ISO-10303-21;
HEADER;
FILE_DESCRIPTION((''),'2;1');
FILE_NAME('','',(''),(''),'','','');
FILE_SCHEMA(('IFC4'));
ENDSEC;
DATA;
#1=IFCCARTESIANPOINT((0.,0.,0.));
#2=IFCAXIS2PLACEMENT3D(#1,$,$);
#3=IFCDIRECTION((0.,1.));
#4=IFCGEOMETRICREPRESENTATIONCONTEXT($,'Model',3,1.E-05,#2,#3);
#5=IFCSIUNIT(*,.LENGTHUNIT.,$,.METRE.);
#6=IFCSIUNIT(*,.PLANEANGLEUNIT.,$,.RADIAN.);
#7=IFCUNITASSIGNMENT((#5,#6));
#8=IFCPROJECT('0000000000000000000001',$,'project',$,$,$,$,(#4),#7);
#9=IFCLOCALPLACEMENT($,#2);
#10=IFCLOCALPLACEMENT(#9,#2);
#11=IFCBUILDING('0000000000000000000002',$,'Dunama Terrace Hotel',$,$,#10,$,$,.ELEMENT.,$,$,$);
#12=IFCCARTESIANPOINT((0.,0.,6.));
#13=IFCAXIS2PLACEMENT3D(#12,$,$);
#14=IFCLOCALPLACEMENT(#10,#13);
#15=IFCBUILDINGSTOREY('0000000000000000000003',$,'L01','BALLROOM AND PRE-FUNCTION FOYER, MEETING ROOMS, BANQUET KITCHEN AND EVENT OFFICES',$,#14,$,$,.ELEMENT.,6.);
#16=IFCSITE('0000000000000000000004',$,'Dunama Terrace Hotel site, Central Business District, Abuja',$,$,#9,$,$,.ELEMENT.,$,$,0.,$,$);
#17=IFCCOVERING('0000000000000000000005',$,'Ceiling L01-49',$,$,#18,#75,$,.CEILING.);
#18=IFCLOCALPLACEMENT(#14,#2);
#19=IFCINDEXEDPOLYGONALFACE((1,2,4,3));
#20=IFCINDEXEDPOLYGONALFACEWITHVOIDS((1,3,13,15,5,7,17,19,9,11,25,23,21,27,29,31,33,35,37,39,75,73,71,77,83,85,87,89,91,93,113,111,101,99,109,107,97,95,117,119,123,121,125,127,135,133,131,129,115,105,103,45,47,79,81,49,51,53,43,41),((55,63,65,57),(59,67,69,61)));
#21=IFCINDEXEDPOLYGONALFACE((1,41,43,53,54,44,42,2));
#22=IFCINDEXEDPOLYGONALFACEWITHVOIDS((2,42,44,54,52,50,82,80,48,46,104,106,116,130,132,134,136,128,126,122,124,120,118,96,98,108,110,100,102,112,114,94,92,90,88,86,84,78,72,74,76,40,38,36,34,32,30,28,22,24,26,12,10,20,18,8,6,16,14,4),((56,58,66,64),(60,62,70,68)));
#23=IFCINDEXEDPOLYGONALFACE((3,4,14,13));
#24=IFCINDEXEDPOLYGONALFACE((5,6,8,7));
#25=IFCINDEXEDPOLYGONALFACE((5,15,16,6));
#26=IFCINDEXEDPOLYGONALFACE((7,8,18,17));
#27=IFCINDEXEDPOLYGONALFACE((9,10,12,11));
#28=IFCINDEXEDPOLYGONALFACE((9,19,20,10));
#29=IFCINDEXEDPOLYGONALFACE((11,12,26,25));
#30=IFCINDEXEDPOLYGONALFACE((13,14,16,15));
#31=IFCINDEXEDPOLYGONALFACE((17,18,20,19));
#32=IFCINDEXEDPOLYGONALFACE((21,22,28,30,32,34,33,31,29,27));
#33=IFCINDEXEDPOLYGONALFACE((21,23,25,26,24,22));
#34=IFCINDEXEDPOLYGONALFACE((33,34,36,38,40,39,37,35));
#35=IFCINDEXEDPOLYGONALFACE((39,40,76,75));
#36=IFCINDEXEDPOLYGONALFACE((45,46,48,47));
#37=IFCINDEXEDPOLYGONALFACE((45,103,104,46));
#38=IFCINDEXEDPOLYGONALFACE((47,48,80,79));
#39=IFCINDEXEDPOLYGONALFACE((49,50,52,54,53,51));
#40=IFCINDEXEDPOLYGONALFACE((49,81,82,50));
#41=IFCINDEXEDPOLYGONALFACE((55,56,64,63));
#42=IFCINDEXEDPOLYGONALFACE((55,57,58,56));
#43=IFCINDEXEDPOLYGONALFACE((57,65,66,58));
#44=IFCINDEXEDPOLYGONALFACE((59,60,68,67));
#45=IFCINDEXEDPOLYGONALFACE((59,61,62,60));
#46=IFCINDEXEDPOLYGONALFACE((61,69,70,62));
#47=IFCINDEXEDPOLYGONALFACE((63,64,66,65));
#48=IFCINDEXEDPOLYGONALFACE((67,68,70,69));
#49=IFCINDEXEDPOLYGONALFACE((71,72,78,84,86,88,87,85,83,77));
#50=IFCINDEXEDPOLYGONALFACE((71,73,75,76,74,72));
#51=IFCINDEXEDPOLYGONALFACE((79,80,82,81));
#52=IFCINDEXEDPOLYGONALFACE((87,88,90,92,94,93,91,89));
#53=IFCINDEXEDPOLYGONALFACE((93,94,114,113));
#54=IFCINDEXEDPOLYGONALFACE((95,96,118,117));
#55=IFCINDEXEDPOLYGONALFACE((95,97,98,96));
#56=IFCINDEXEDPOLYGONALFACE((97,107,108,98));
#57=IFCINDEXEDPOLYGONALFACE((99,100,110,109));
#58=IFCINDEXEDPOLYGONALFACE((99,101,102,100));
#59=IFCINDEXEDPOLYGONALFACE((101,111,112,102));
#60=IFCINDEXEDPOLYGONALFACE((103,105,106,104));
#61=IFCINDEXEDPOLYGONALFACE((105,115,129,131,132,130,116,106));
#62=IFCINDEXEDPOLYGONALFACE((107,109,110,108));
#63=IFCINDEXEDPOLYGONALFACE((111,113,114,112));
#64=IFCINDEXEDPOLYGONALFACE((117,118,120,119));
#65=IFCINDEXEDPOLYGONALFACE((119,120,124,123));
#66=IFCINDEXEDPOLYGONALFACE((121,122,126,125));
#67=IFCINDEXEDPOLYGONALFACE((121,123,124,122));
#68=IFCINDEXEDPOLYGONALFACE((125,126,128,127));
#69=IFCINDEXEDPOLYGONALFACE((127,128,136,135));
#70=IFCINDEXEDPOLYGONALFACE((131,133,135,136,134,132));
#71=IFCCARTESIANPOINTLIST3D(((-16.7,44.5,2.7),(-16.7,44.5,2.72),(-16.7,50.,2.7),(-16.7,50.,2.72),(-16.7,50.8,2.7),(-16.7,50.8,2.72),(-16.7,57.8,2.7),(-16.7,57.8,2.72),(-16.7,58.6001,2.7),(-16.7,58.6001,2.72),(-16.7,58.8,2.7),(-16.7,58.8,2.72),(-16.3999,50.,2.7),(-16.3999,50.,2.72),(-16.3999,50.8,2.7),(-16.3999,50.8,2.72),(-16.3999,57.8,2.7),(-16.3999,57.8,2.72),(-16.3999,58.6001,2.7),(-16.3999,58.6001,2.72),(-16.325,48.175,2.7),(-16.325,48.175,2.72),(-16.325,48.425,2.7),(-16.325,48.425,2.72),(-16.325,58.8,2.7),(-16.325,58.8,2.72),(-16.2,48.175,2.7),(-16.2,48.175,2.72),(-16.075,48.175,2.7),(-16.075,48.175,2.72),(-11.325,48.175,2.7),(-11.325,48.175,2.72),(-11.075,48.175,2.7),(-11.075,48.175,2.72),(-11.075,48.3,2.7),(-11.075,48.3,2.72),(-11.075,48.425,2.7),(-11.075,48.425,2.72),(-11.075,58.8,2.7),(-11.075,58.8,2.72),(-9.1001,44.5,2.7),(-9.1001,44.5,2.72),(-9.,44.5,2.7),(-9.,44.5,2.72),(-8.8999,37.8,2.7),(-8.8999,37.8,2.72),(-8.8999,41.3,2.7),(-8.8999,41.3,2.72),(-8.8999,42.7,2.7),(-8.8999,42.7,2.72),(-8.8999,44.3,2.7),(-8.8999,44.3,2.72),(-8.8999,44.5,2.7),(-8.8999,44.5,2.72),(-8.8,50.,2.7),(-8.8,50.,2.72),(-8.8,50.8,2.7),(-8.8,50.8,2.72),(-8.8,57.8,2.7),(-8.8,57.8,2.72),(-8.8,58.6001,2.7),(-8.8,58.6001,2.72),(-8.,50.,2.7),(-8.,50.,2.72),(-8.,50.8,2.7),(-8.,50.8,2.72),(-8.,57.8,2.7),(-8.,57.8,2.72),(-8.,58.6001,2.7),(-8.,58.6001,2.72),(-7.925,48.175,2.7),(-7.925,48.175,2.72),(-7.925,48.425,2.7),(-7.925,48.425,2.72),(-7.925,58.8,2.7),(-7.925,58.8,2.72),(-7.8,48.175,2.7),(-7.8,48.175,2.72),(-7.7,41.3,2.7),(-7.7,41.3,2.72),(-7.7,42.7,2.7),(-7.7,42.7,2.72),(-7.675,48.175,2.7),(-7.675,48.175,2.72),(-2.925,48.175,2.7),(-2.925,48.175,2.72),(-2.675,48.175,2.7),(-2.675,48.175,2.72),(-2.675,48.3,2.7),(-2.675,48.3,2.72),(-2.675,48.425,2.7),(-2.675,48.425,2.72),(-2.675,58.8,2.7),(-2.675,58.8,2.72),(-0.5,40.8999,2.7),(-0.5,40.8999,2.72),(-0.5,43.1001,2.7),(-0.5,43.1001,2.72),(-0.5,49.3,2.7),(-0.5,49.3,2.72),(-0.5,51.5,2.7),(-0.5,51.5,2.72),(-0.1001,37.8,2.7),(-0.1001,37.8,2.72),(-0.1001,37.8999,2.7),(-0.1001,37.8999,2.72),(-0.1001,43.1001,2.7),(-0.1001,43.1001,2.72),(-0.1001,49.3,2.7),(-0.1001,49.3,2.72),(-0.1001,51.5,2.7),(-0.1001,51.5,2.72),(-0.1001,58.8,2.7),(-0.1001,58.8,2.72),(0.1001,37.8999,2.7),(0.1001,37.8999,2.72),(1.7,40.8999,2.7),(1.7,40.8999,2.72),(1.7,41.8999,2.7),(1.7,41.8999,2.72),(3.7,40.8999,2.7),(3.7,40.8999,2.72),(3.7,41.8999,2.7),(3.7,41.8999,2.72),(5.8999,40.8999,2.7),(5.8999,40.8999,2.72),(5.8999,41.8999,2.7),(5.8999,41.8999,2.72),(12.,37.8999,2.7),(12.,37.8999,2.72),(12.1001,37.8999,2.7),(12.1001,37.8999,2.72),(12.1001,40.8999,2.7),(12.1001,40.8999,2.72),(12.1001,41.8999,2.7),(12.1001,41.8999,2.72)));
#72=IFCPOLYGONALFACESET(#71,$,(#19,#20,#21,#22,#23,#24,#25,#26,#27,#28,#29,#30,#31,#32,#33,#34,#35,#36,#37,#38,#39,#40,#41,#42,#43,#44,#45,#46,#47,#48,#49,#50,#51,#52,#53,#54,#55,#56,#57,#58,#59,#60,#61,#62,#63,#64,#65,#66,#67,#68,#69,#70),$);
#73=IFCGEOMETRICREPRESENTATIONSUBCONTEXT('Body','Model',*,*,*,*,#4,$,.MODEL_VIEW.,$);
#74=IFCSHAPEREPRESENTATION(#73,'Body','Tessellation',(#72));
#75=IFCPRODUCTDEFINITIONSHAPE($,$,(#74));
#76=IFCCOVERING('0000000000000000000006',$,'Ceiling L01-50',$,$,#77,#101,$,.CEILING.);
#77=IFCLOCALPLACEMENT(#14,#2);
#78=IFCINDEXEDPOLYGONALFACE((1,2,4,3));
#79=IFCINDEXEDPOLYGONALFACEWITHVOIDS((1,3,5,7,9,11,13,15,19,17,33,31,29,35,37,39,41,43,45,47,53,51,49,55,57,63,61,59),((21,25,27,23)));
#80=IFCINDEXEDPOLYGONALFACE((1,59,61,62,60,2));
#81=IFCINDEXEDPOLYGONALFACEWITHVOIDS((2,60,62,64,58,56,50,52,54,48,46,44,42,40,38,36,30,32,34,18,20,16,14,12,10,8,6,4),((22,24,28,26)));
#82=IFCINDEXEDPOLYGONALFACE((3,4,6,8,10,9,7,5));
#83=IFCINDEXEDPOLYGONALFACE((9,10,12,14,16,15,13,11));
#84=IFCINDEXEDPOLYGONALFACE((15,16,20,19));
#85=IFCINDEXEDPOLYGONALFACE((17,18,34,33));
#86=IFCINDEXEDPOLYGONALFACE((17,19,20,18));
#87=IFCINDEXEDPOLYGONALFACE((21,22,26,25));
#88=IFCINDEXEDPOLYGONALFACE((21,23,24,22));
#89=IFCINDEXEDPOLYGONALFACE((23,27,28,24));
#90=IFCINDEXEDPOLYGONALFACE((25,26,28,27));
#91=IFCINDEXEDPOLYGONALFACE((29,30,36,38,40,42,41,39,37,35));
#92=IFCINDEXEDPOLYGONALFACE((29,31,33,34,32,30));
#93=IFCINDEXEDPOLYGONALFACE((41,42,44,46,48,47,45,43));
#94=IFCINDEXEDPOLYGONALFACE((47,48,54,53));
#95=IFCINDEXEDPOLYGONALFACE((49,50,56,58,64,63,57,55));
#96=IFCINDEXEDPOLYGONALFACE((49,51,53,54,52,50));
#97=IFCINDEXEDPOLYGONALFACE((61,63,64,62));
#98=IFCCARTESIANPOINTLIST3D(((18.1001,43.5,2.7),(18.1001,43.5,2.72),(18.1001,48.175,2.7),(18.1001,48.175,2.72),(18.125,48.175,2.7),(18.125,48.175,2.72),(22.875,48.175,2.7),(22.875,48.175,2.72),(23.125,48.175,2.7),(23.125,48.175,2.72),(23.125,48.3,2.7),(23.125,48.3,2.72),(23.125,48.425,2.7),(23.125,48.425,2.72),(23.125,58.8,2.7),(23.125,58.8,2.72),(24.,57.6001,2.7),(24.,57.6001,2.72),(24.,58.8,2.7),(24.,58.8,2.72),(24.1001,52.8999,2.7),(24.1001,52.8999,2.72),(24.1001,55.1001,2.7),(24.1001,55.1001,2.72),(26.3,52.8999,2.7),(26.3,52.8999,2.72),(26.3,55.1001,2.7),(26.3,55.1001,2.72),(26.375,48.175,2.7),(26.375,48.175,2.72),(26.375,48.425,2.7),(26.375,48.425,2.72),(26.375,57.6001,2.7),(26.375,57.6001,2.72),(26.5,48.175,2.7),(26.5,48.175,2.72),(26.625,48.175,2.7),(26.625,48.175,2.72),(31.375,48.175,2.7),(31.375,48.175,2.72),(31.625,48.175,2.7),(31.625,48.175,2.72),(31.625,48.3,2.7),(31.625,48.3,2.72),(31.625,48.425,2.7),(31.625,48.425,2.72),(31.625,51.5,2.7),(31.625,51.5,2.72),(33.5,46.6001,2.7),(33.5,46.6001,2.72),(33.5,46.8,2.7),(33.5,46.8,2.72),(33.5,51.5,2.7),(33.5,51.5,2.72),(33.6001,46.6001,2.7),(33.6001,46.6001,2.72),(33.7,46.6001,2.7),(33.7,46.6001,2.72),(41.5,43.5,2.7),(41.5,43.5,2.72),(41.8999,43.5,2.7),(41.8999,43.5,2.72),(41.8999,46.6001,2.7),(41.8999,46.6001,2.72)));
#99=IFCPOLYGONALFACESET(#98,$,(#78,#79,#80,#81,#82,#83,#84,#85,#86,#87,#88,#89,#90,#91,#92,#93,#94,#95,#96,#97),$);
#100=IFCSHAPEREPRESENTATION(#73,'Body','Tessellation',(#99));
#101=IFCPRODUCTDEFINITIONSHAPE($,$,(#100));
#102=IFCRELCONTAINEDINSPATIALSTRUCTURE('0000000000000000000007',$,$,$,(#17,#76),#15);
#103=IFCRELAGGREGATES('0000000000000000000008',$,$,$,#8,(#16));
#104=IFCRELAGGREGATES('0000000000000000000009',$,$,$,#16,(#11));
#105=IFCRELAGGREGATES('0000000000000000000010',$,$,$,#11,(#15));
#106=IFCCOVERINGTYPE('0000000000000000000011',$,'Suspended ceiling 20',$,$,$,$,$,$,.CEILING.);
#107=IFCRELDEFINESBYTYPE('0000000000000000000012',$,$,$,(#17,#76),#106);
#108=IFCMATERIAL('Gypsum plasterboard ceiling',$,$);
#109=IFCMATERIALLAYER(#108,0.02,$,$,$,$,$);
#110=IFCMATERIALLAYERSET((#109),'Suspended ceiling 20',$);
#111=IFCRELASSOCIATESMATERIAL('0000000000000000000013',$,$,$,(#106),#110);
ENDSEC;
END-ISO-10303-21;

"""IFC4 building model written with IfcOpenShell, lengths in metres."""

from ifc_helpers import new_model, si_unit, direction, frame, origin, place, context, subcontext, project, spatial, polyline, outline, extrude, material, layer, layer_set, type_object, element, save


model = new_model("IFC4")

# Units and contexts
model_context = context("Model", 3, precision=1e-05, world=origin(), true_north=direction((0.0, 1.0)))
body_context = subcontext(model_context, "Body", "Model", "MODEL_VIEW")
ifc_project = project(units=[si_unit("LENGTHUNIT", "METRE"), si_unit("PLANEANGLEUNIT", "RADIAN")], contexts=[model_context])

# Site, building, storey
site_placement = place(None, origin())
site = spatial("IfcSite", under=ifc_project, at=site_placement, Name="Dunama Terrace Hotel site, Central Business District, Abuja", CompositionType="ELEMENT", RefElevation=0.0)
building_placement = place(site_placement, origin())
building = spatial("IfcBuilding", under=site, at=building_placement, Name="Dunama Terrace Hotel", CompositionType="ELEMENT")
storey_placement = place(building_placement, frame((0.0, 0.0, 6.0)))
storey = spatial("IfcBuildingStorey", under=building, at=storey_placement, Name="L01", Description="BALLROOM AND PRE-FUNCTION FOYER, MEETING ROOMS, BANQUET KITCHEN AND EVENT OFFICES", CompositionType="ELEMENT", Elevation=6.0)

# Coverings
ifc_material_1 = material(Name="Gypsum plasterboard ceiling")
ifc_layer_1 = layer(ifc_material_1, 0.02)
ifc_layer_set_1 = layer_set([ifc_layer_1], Name="Suspended ceiling 20")
covering_type_1 = type_object("IfcCoveringType", Name="Suspended ceiling 20", PredefinedType="CEILING", material=ifc_layer_set_1)
covering_1_placement = place(storey_placement, frame((0.0, 0.0, 2.7)))
element("IfcCovering", 1, at=covering_1_placement, inside=storey, type_object=covering_type_1, Name="Ceiling L01-49", PredefinedType="CEILING", context=body_context, shape_type="SweptSolid", body=[
    extrude(outline(polyline([(-7.925, 48.425), (-7.925, 58.8), (-11.075, 58.8), (-11.075, 48.425), (-11.075, 48.3), (-11.075, 48.175), (-11.325, 48.175), (-16.075, 48.175), (-16.2, 48.175), (-16.325, 48.175), (-16.325, 48.425), (-16.325, 58.8), (-16.7, 58.8), (-16.7, 58.6001), (-16.3999, 58.6001), (-16.3999, 57.8), (-16.7, 57.8), (-16.7, 50.8), (-16.3999, 50.8), (-16.3999, 50.0), (-16.7, 50.0), (-16.7, 44.5), (-9.1001, 44.5), (-9.0, 44.5), (-8.8999, 44.5), (-8.8999, 44.3), (-8.8999, 42.7), (-7.7, 42.7), (-7.7, 41.3), (-8.8999, 41.3), (-8.8999, 37.8), (-0.1001, 37.8), (-0.1001, 37.8999), (0.1001, 37.8999), (12.0, 37.8999), (12.1001, 37.8999), (12.1001, 40.8999), (12.1001, 41.8999), (5.8999, 41.8999), (5.8999, 40.8999), (3.7, 40.8999), (3.7, 41.8999), (1.7, 41.8999), (1.7, 40.8999), (-0.5, 40.8999), (-0.5, 43.1001), (-0.1001, 43.1001), (-0.1001, 49.3), (-0.5, 49.3), (-0.5, 51.5), (-0.1001, 51.5), (-0.1001, 58.8), (-2.675, 58.8), (-2.675, 48.425), (-2.675, 48.3), (-2.675, 48.175), (-2.925, 48.175), (-7.675, 48.175), (-7.8, 48.175), (-7.925, 48.175), (-7.925, 48.425)]), holes=[polyline([(-8.8, 50.8), (-8.0, 50.8), (-8.0, 50.0), (-8.8, 50.0), (-8.8, 50.8)]), polyline([(-8.8, 58.6001), (-8.0, 58.6001), (-8.0, 57.8), (-8.8, 57.8), (-8.8, 58.6001)])]), origin(), (0.0, 0.0, 1.0), 0.02),
])
covering_2_placement = place(storey_placement, frame((0.0, 0.0, 2.7)))
element("IfcCovering", 2, at=covering_2_placement, inside=storey, type_object=covering_type_1, Name="Ceiling L01-50", PredefinedType="CEILING", context=body_context, shape_type="SweptSolid", body=[
    extrude(outline(polyline([(24.0, 57.6001), (24.0, 58.8), (23.125, 58.8), (23.125, 48.425), (23.125, 48.3), (23.125, 48.175), (22.875, 48.175), (18.125, 48.175), (18.1001, 48.175), (18.1001, 43.5), (41.5, 43.5), (41.8999, 43.5), (41.8999, 46.6001), (33.7, 46.6001), (33.6001, 46.6001), (33.5, 46.6001), (33.5, 46.8), (33.5, 51.5), (31.625, 51.5), (31.625, 48.425), (31.625, 48.3), (31.625, 48.175), (31.375, 48.175), (26.625, 48.175), (26.5, 48.175), (26.375, 48.175), (26.375, 48.425), (26.375, 57.6001), (24.0, 57.6001)]), holes=[polyline([(24.1001, 55.1001), (26.3, 55.1001), (26.3, 52.8999), (24.1001, 52.8999), (24.1001, 55.1001)])]), origin(), (0.0, 0.0, 1.0), 0.02),
])

save(model, "model.ifc")
